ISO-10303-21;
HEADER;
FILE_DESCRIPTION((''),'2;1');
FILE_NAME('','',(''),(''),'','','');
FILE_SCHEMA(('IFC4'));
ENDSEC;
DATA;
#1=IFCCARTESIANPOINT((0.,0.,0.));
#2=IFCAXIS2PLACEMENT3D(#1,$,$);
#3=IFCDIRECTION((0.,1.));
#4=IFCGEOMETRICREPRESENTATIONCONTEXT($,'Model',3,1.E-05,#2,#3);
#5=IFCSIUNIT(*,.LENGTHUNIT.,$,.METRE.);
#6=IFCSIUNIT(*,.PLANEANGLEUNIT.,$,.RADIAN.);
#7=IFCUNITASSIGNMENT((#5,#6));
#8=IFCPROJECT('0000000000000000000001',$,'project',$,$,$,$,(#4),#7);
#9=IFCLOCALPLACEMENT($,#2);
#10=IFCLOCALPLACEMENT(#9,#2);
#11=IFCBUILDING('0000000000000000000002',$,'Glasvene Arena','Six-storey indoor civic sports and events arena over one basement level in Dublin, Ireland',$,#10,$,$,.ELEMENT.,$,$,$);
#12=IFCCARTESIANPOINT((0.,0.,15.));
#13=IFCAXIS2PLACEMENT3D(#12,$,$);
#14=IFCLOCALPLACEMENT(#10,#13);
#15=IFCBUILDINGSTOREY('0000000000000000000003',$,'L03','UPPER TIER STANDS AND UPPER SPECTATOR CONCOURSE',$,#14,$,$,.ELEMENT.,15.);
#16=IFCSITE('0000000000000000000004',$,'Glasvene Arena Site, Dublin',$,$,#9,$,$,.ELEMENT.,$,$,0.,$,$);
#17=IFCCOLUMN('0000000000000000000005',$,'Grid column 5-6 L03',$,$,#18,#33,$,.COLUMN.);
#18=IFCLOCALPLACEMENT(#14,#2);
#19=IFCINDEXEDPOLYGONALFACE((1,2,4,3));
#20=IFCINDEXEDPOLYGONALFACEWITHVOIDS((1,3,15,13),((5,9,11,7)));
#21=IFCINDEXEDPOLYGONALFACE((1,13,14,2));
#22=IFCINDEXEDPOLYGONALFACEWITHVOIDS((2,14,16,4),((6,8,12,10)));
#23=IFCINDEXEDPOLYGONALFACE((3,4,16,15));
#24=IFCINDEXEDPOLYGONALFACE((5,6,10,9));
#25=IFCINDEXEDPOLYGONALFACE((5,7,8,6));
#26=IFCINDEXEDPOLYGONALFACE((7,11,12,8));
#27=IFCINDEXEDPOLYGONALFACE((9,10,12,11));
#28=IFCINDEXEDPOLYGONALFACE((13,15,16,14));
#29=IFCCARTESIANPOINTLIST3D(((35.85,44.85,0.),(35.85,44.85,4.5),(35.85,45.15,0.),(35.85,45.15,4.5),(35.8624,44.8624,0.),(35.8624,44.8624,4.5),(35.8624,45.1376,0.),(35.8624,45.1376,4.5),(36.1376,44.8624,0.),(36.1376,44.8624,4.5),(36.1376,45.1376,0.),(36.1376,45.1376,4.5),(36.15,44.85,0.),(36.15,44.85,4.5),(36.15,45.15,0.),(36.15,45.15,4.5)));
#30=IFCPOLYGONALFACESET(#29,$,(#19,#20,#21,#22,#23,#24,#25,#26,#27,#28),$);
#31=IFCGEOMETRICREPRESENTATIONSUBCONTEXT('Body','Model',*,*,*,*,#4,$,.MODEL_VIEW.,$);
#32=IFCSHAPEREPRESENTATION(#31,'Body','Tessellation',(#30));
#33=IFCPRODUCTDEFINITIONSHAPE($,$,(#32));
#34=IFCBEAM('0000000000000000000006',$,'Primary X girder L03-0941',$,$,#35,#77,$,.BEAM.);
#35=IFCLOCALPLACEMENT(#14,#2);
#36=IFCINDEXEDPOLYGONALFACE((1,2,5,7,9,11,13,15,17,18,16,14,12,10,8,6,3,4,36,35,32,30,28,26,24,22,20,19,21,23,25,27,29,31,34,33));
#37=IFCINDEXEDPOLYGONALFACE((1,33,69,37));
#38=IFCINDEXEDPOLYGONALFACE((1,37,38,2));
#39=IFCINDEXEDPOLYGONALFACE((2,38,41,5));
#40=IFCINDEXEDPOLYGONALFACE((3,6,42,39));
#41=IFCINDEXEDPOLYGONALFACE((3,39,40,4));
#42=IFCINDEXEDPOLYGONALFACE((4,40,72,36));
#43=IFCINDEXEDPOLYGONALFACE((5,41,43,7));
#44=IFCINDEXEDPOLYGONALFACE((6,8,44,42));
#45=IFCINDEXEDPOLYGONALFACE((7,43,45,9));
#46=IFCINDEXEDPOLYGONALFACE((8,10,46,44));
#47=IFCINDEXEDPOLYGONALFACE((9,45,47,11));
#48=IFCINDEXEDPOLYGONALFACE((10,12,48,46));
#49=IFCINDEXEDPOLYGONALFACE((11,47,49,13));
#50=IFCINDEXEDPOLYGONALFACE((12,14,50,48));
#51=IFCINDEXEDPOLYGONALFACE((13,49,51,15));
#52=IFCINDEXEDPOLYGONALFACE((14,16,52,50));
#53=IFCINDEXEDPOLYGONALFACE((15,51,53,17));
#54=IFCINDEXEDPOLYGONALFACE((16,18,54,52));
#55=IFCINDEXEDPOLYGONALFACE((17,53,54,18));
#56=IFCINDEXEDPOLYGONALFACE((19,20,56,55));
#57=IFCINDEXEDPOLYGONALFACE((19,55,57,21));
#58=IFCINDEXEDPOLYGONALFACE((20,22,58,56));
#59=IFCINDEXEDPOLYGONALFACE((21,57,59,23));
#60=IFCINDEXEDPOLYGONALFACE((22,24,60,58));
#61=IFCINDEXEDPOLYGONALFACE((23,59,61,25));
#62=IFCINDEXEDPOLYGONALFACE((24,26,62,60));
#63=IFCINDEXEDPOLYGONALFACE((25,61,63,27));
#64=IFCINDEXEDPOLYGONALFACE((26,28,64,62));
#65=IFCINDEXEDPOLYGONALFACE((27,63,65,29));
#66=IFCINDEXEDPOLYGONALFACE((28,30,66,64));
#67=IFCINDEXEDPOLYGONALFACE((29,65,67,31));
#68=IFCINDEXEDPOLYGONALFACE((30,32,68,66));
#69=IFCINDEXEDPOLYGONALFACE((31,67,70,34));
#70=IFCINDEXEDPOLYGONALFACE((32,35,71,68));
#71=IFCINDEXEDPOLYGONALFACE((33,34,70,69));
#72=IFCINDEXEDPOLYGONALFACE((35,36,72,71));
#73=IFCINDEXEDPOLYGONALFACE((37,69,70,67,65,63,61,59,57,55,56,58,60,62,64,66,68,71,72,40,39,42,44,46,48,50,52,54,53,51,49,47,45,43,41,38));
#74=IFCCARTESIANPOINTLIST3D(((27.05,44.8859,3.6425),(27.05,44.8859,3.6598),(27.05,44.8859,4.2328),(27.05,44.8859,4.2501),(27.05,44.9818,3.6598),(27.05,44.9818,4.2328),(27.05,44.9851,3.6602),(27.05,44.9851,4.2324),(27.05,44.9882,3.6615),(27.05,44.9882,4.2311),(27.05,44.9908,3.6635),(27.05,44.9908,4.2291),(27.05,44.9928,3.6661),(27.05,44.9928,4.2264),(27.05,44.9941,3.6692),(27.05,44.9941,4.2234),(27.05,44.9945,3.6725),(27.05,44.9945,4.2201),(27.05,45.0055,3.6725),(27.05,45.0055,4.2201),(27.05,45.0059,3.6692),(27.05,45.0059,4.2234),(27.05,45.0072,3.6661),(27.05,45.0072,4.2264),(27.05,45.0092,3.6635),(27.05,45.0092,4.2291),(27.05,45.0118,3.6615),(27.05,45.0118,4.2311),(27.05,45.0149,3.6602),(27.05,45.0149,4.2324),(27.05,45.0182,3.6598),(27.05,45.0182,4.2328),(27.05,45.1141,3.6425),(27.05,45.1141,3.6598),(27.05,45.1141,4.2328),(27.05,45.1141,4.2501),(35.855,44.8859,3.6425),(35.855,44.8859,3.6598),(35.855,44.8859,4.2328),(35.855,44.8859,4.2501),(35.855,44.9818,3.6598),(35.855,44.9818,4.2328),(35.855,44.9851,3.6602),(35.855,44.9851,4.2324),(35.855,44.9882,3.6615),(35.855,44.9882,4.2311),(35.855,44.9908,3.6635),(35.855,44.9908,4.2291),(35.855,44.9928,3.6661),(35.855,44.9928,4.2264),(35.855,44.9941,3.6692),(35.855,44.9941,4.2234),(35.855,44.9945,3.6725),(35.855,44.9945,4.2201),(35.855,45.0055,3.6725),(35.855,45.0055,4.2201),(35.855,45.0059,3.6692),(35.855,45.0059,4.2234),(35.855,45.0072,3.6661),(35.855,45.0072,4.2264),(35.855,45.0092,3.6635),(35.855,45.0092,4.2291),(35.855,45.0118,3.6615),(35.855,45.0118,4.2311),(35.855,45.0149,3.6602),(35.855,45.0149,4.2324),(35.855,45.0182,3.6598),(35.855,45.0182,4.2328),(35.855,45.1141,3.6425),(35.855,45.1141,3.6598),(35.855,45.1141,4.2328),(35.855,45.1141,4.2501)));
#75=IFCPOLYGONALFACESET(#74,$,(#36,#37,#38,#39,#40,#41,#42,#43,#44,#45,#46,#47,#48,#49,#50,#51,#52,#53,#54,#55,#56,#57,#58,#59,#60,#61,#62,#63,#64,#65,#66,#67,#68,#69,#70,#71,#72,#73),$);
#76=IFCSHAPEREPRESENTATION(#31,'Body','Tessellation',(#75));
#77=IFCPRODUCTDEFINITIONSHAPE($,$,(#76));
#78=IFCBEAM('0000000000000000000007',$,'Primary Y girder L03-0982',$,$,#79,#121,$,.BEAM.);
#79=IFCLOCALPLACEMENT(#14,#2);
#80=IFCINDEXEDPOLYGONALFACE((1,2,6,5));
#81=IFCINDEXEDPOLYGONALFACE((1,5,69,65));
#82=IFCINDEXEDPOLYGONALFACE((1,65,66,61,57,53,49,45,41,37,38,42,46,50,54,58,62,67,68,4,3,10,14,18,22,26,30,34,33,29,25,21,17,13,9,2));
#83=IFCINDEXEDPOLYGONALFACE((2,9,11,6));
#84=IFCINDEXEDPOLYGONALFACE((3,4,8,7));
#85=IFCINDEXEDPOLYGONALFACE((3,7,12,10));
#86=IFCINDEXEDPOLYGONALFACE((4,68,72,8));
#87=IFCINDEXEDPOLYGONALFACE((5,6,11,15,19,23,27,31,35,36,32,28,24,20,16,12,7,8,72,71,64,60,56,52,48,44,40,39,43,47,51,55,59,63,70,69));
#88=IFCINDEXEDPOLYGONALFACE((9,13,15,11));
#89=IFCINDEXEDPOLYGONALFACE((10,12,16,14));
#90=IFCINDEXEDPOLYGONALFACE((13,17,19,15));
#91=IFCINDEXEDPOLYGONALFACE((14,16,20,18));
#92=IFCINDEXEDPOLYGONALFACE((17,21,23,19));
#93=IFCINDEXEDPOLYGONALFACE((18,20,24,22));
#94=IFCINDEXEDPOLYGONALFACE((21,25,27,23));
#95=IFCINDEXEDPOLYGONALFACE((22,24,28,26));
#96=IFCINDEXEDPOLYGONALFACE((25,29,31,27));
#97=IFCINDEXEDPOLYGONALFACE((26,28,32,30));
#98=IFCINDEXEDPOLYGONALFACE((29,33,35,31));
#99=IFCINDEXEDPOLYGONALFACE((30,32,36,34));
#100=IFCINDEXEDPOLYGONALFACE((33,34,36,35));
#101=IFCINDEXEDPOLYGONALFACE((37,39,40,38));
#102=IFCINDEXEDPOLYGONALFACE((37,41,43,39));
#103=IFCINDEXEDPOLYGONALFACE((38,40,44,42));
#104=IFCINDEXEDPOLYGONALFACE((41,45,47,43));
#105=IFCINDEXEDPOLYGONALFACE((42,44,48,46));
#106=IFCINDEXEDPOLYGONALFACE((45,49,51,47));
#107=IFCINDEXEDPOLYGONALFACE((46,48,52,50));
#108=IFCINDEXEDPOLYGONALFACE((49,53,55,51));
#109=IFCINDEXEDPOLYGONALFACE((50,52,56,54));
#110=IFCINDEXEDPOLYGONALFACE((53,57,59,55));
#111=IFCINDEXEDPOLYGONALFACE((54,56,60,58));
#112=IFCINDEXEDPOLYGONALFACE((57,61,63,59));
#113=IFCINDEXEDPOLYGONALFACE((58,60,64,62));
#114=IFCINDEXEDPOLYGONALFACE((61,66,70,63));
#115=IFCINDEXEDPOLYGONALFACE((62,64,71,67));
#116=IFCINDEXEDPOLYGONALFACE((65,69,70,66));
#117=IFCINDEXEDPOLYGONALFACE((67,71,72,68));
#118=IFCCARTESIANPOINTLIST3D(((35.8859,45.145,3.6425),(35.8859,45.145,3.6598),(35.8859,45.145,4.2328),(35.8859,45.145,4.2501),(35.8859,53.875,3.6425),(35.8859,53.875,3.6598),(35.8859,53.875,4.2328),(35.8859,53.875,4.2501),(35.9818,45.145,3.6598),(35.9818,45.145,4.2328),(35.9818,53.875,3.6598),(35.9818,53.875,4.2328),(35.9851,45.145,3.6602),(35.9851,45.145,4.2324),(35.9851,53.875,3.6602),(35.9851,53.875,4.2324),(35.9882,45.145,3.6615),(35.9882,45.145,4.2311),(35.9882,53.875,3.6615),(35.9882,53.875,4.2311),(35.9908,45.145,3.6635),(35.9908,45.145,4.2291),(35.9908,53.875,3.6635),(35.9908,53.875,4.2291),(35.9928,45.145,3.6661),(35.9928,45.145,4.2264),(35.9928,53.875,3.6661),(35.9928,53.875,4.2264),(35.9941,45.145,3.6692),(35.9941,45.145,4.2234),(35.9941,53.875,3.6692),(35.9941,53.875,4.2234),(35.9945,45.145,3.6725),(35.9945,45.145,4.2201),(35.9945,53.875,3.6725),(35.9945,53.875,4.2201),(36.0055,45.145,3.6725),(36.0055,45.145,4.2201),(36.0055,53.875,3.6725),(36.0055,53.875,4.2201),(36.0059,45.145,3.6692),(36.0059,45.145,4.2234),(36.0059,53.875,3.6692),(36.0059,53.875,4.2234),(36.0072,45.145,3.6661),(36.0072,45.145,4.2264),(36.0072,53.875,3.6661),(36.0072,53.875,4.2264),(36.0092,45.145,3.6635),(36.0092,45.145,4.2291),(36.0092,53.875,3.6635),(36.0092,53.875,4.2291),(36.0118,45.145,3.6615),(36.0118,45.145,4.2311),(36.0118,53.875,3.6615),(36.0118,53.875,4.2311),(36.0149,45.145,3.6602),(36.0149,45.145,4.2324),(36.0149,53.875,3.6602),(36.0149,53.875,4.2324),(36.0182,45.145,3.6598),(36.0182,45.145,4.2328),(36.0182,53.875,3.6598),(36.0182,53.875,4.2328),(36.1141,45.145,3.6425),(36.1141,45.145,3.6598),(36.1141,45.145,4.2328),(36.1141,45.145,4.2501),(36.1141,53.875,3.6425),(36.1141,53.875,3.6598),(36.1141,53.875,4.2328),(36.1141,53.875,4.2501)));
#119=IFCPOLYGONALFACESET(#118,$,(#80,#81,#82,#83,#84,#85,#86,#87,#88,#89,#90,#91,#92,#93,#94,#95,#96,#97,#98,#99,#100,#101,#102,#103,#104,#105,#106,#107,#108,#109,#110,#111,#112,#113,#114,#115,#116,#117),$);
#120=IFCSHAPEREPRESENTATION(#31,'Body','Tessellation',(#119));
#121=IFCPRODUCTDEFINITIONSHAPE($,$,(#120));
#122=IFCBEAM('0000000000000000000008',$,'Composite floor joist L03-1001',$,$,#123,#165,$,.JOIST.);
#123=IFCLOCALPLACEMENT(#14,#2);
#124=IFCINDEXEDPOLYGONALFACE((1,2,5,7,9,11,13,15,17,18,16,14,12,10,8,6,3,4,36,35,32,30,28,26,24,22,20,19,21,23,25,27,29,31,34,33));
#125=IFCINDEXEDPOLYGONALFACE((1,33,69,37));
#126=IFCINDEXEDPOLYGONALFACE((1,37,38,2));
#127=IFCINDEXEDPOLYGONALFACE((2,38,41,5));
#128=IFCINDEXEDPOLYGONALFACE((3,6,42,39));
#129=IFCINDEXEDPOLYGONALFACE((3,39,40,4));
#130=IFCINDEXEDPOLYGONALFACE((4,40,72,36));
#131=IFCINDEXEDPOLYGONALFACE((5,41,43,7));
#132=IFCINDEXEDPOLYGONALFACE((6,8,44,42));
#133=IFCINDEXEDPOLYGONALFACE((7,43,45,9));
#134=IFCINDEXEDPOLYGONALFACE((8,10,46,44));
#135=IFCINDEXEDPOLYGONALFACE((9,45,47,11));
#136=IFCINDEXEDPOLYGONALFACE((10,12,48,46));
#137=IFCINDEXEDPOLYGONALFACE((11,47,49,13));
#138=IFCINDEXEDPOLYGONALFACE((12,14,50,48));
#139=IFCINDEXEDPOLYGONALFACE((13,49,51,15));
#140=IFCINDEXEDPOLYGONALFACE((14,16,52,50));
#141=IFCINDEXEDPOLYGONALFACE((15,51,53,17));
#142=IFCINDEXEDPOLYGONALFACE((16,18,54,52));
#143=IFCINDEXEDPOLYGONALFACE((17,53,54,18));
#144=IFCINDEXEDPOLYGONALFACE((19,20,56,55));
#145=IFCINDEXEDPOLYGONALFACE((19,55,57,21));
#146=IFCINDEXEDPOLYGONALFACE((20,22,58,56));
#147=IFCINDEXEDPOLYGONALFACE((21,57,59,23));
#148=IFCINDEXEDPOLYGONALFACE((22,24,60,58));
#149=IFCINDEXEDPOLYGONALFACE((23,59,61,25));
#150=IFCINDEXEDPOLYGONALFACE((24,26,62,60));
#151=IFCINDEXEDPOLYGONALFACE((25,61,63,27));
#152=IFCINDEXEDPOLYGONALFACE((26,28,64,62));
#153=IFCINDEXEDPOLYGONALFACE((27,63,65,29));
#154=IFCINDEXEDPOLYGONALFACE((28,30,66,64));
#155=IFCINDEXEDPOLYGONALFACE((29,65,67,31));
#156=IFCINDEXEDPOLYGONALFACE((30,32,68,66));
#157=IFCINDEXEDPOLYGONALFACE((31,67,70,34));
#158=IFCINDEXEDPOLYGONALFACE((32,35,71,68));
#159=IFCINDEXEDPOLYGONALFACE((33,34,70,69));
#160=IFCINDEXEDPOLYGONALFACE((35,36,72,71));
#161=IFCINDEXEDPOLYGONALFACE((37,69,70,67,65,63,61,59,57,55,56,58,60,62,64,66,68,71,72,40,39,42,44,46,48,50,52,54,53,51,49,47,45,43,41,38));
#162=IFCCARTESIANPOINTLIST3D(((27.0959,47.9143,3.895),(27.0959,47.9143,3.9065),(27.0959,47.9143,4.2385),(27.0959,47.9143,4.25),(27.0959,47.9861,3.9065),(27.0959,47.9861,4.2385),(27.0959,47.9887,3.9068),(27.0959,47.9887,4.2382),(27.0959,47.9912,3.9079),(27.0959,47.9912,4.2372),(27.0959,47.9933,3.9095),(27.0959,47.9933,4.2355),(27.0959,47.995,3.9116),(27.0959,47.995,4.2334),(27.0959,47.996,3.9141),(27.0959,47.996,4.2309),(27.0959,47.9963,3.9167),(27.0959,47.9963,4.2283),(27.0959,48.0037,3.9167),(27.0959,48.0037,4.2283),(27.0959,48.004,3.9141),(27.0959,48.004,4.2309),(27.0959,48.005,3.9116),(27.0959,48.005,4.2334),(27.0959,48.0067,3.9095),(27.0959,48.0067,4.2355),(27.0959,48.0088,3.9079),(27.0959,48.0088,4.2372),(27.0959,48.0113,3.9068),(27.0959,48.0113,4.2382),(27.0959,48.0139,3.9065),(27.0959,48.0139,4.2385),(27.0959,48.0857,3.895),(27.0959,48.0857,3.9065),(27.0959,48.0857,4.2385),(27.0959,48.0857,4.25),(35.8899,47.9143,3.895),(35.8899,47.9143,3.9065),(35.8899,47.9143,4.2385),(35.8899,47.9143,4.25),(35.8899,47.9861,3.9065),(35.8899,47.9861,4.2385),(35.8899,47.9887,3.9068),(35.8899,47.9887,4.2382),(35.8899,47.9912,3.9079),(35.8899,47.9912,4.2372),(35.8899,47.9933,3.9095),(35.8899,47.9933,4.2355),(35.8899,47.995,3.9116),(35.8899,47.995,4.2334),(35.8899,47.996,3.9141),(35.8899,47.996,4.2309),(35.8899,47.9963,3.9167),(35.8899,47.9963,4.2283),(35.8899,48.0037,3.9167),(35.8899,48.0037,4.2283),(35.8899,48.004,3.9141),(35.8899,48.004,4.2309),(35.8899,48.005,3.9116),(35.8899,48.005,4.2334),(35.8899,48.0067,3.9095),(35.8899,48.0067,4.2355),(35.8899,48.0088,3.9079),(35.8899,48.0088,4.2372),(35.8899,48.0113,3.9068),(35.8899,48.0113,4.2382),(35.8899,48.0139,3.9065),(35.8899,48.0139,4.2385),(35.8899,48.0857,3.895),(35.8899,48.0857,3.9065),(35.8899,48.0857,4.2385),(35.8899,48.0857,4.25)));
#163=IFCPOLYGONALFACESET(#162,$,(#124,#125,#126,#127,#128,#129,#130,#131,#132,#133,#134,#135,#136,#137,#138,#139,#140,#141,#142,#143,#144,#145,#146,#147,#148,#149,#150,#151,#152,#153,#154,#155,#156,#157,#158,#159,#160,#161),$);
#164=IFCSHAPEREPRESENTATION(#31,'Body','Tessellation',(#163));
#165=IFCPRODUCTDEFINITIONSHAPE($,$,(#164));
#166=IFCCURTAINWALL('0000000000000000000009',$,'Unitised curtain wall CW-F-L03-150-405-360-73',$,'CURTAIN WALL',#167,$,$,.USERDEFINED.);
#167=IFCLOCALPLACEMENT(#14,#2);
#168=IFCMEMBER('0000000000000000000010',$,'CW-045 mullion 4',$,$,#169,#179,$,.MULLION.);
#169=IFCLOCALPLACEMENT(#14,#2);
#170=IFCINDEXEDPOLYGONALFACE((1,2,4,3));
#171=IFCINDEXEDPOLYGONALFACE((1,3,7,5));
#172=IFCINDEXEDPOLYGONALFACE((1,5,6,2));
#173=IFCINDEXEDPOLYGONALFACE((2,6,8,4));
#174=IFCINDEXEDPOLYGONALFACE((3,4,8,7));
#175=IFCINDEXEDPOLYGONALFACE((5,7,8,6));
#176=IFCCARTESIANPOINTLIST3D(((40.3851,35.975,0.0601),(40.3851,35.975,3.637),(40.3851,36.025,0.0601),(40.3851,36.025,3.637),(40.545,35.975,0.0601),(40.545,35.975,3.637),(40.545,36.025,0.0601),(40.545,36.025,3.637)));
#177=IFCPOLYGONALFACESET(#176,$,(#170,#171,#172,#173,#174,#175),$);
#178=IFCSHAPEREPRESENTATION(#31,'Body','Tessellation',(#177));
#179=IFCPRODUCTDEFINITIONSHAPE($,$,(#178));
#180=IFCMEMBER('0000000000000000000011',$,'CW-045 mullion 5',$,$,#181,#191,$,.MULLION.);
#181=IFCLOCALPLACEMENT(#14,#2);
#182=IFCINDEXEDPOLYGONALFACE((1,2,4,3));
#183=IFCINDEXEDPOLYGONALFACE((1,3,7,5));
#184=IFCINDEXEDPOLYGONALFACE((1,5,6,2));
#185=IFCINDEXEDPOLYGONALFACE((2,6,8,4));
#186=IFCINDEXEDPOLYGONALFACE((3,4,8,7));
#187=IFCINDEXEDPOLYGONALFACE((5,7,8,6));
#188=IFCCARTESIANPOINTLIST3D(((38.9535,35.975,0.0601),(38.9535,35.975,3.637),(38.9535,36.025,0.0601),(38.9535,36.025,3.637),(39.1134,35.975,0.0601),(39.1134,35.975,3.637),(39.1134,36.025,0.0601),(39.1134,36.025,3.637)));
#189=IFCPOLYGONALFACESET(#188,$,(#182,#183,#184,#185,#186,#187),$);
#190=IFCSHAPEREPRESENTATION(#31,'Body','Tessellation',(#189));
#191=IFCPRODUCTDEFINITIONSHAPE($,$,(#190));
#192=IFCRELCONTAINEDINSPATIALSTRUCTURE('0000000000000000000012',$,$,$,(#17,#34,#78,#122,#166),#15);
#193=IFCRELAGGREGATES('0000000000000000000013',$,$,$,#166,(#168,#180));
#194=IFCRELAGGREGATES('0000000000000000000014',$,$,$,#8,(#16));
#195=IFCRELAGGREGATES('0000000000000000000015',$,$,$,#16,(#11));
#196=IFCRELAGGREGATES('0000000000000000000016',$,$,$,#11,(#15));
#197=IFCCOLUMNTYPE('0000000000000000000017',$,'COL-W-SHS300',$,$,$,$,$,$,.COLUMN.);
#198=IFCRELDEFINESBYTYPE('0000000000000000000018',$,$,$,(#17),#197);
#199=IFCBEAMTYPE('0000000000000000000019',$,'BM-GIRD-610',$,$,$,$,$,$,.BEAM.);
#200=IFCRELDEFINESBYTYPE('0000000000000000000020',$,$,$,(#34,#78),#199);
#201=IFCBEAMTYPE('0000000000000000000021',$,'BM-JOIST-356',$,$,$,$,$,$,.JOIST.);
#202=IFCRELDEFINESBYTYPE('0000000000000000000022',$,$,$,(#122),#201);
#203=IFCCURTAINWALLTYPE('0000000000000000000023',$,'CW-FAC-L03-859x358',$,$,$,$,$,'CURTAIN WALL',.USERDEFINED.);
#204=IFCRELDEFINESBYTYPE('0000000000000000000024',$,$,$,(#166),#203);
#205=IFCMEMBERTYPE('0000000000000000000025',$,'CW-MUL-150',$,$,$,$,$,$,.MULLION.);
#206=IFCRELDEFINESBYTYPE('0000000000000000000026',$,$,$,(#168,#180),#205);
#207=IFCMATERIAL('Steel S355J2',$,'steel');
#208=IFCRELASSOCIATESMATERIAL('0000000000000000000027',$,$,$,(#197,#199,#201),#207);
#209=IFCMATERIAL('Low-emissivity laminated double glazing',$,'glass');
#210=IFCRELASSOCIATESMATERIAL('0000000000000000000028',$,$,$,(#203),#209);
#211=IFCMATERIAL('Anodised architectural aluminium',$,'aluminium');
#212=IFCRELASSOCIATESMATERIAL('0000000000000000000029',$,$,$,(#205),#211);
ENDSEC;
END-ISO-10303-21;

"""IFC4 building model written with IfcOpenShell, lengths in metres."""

from ifc_helpers import new_model, si_unit, direction, frame, origin, origin_2d, place, context, subcontext, project, spatial, rectangle, hollow_rectangle, i_section, extrude, material, material_profile, profile_set, type_object, element, aggregate, save


model = new_model("IFC4")

# Units and contexts
model_context = context("Model", 3, precision=1e-05, world=origin(), true_north=direction((0.0, 1.0)))
body_context = subcontext(model_context, "Body", "Model", "MODEL_VIEW")
ifc_project = project(units=[si_unit("LENGTHUNIT", "METRE"), si_unit("PLANEANGLEUNIT", "RADIAN")], contexts=[model_context])

# Site, building, storey
site_placement = place(None, origin())
site = spatial("IfcSite", under=ifc_project, at=site_placement, Name="Glasvene Arena Site, Dublin", CompositionType="ELEMENT", RefElevation=0.0)
building_placement = place(site_placement, origin())
building = spatial("IfcBuilding", under=site, at=building_placement, Name="Glasvene Arena", Description="Six-storey indoor civic sports and events arena over one basement level in Dublin, Ireland", CompositionType="ELEMENT")
storey_placement = place(building_placement, frame((0.0, 0.0, 15.0)))
storey = spatial("IfcBuildingStorey", under=building, at=storey_placement, Name="L03", Description="UPPER TIER STANDS AND UPPER SPECTATOR CONCOURSE", CompositionType="ELEMENT", Elevation=15.0)

# Column
ifc_material_1 = material(Name="Steel S355J2", Category="steel")
ifc_material_profile_1 = material_profile(ifc_material_1, hollow_rectangle(XDim=0.3, YDim=0.3, WallThickness=0.0125, at=origin_2d()), Name="SHS 300x300x12.5")
ifc_profile_set_1 = profile_set([ifc_material_profile_1], Name="Steel S355J2")
column_type = type_object("IfcColumnType", Name="COL-W-SHS300", PredefinedType="COLUMN", material=ifc_profile_set_1)
column_placement = place(storey_placement, frame((36.0, 45.0, 0.0), z_axis=(0.0, 0.0, 1.0), x_axis=(1.0, 0.0, 0.0)))
element("IfcColumn", 1, at=column_placement, inside=storey, type_object=column_type, Name="Grid column 5-6 L03", PredefinedType="COLUMN", context=body_context, shape_type="SweptSolid", body=[
    extrude(hollow_rectangle(XDim=0.3, YDim=0.3, WallThickness=0.0125, at=origin_2d()), origin(), (0.0, 0.0, 1.0), 4.5),
])

# Beams
ifc_material_profile_2 = material_profile(ifc_material_1, i_section(OverallWidth=0.2283, OverallDepth=0.6077, WebThickness=0.011, FlangeThickness=0.0173, FilletRadius=0.0127, at=origin_2d()), Name="UKB 610x229x113")
ifc_profile_set_2 = profile_set([ifc_material_profile_2], Name="Steel S355J2")
beam_type_1 = type_object("IfcBeamType", Name="BM-GIRD-610", PredefinedType="BEAM", material=ifc_profile_set_2)
beam_1_placement = place(storey_placement, frame((27.05, 45.0, 3.9463), z_axis=(1.0, 0.0, 0.0), x_axis=(0.0, 1.0, 0.0)))
element("IfcBeam", 2, at=beam_1_placement, inside=storey, type_object=beam_type_1, Name="Primary X girder L03-0941", PredefinedType="BEAM", context=body_context, shape_type="SweptSolid", body=[
    extrude(i_section(OverallWidth=0.2283, OverallDepth=0.6077, WebThickness=0.011, FlangeThickness=0.0173, FilletRadius=0.0127, at=origin_2d()), origin(), (0.0, 0.0, 1.0), 8.8049),
])
beam_2_placement = place(storey_placement, frame((36.0, 45.145, 3.9463), z_axis=(0.0, 1.0, 0.0), x_axis=(-1.0, 0.0, 0.0)))
element("IfcBeam", 3, at=beam_2_placement, inside=storey, type_object=beam_type_1, Name="Primary Y girder L03-0982", PredefinedType="BEAM", context=body_context, shape_type="SweptSolid", body=[
    extrude(i_section(OverallWidth=0.2283, OverallDepth=0.6077, WebThickness=0.011, FlangeThickness=0.0173, FilletRadius=0.0127, at=origin_2d()), origin(), (0.0, 0.0, 1.0), 8.73),
])
ifc_material_profile_3 = material_profile(ifc_material_1, i_section(OverallWidth=0.1714, OverallDepth=0.355, WebThickness=0.0073, FlangeThickness=0.0115, FilletRadius=0.0103, at=origin_2d()), Name="UKB 356x171x51")
ifc_profile_set_3 = profile_set([ifc_material_profile_3], Name="Steel S355J2")
beam_type_2 = type_object("IfcBeamType", Name="BM-JOIST-356", PredefinedType="JOIST", material=ifc_profile_set_3)
beam_3_placement = place(storey_placement, frame((27.0959, 48.0, 4.0725), z_axis=(1.0, 0.0, 0.0), x_axis=(0.0, 1.0, 0.0)))
element("IfcBeam", 4, at=beam_3_placement, inside=storey, type_object=beam_type_2, Name="Composite floor joist L03-1001", PredefinedType="JOIST", context=body_context, shape_type="SweptSolid", body=[
    extrude(i_section(OverallWidth=0.1714, OverallDepth=0.355, WebThickness=0.0073, FlangeThickness=0.0115, FilletRadius=0.0103, at=origin_2d()), origin(), (0.0, 0.0, 1.0), 8.7939),
])

# Curtain wall, members
ifc_material_2 = material(Name="Low-emissivity laminated double glazing", Category="glass")
curtain_wall_type_1 = type_object("IfcCurtainWallType", Name="CW-FAC-L03-859x358", ElementType="CURTAIN WALL", PredefinedType="USERDEFINED", material=ifc_material_2)
curtain_wall_1_placement = place(storey_placement, frame((44.76, 36.0, 0.0)))
curtain_wall_1 = element("IfcCurtainWall", 5, at=curtain_wall_1_placement, inside=storey, type_object=curtain_wall_type_1, Name="Unitised curtain wall CW-F-L03-150-405-360-73", ObjectType="CURTAIN WALL", PredefinedType="USERDEFINED")
ifc_material_3 = material(Name="Anodised architectural aluminium", Category="aluminium")
ifc_material_profile_4 = material_profile(ifc_material_3, rectangle(XDim=0.05, YDim=0.1599, at=origin_2d()), Name="ALU MULLION 50x160")
ifc_profile_set_4 = profile_set([ifc_material_profile_4], Name="Anodised architectural aluminium")
member_type_1 = type_object("IfcMemberType", Name="CW-MUL-150", PredefinedType="MULLION", material=ifc_profile_set_4)
member_1_placement = place(storey_placement, frame((40.4651, 36.0, 0.0601), z_axis=(0.0, 0.0, 1.0), x_axis=(0.0, -1.0, 0.0)))
member_1 = element("IfcMember", 6, at=member_1_placement, type_object=member_type_1, Name="CW-045 mullion 4", PredefinedType="MULLION", context=body_context, shape_type="SweptSolid", body=[
    extrude(rectangle(XDim=0.05, YDim=0.1599, at=origin_2d()), origin(), (0.0, 0.0, 1.0), 3.5769),
])
member_2_placement = place(storey_placement, frame((39.0334, 36.0, 0.0601), z_axis=(0.0, 0.0, 1.0), x_axis=(0.0, -1.0, 0.0)))
member_2 = element("IfcMember", 7, at=member_2_placement, type_object=member_type_1, Name="CW-045 mullion 5", PredefinedType="MULLION", context=body_context, shape_type="SweptSolid", body=[
    extrude(rectangle(XDim=0.05, YDim=0.1599, at=origin_2d()), origin(), (0.0, 0.0, 1.0), 3.5769),
])
aggregate(curtain_wall_1, [member_1, member_2])

save(model, "model.ifc")
